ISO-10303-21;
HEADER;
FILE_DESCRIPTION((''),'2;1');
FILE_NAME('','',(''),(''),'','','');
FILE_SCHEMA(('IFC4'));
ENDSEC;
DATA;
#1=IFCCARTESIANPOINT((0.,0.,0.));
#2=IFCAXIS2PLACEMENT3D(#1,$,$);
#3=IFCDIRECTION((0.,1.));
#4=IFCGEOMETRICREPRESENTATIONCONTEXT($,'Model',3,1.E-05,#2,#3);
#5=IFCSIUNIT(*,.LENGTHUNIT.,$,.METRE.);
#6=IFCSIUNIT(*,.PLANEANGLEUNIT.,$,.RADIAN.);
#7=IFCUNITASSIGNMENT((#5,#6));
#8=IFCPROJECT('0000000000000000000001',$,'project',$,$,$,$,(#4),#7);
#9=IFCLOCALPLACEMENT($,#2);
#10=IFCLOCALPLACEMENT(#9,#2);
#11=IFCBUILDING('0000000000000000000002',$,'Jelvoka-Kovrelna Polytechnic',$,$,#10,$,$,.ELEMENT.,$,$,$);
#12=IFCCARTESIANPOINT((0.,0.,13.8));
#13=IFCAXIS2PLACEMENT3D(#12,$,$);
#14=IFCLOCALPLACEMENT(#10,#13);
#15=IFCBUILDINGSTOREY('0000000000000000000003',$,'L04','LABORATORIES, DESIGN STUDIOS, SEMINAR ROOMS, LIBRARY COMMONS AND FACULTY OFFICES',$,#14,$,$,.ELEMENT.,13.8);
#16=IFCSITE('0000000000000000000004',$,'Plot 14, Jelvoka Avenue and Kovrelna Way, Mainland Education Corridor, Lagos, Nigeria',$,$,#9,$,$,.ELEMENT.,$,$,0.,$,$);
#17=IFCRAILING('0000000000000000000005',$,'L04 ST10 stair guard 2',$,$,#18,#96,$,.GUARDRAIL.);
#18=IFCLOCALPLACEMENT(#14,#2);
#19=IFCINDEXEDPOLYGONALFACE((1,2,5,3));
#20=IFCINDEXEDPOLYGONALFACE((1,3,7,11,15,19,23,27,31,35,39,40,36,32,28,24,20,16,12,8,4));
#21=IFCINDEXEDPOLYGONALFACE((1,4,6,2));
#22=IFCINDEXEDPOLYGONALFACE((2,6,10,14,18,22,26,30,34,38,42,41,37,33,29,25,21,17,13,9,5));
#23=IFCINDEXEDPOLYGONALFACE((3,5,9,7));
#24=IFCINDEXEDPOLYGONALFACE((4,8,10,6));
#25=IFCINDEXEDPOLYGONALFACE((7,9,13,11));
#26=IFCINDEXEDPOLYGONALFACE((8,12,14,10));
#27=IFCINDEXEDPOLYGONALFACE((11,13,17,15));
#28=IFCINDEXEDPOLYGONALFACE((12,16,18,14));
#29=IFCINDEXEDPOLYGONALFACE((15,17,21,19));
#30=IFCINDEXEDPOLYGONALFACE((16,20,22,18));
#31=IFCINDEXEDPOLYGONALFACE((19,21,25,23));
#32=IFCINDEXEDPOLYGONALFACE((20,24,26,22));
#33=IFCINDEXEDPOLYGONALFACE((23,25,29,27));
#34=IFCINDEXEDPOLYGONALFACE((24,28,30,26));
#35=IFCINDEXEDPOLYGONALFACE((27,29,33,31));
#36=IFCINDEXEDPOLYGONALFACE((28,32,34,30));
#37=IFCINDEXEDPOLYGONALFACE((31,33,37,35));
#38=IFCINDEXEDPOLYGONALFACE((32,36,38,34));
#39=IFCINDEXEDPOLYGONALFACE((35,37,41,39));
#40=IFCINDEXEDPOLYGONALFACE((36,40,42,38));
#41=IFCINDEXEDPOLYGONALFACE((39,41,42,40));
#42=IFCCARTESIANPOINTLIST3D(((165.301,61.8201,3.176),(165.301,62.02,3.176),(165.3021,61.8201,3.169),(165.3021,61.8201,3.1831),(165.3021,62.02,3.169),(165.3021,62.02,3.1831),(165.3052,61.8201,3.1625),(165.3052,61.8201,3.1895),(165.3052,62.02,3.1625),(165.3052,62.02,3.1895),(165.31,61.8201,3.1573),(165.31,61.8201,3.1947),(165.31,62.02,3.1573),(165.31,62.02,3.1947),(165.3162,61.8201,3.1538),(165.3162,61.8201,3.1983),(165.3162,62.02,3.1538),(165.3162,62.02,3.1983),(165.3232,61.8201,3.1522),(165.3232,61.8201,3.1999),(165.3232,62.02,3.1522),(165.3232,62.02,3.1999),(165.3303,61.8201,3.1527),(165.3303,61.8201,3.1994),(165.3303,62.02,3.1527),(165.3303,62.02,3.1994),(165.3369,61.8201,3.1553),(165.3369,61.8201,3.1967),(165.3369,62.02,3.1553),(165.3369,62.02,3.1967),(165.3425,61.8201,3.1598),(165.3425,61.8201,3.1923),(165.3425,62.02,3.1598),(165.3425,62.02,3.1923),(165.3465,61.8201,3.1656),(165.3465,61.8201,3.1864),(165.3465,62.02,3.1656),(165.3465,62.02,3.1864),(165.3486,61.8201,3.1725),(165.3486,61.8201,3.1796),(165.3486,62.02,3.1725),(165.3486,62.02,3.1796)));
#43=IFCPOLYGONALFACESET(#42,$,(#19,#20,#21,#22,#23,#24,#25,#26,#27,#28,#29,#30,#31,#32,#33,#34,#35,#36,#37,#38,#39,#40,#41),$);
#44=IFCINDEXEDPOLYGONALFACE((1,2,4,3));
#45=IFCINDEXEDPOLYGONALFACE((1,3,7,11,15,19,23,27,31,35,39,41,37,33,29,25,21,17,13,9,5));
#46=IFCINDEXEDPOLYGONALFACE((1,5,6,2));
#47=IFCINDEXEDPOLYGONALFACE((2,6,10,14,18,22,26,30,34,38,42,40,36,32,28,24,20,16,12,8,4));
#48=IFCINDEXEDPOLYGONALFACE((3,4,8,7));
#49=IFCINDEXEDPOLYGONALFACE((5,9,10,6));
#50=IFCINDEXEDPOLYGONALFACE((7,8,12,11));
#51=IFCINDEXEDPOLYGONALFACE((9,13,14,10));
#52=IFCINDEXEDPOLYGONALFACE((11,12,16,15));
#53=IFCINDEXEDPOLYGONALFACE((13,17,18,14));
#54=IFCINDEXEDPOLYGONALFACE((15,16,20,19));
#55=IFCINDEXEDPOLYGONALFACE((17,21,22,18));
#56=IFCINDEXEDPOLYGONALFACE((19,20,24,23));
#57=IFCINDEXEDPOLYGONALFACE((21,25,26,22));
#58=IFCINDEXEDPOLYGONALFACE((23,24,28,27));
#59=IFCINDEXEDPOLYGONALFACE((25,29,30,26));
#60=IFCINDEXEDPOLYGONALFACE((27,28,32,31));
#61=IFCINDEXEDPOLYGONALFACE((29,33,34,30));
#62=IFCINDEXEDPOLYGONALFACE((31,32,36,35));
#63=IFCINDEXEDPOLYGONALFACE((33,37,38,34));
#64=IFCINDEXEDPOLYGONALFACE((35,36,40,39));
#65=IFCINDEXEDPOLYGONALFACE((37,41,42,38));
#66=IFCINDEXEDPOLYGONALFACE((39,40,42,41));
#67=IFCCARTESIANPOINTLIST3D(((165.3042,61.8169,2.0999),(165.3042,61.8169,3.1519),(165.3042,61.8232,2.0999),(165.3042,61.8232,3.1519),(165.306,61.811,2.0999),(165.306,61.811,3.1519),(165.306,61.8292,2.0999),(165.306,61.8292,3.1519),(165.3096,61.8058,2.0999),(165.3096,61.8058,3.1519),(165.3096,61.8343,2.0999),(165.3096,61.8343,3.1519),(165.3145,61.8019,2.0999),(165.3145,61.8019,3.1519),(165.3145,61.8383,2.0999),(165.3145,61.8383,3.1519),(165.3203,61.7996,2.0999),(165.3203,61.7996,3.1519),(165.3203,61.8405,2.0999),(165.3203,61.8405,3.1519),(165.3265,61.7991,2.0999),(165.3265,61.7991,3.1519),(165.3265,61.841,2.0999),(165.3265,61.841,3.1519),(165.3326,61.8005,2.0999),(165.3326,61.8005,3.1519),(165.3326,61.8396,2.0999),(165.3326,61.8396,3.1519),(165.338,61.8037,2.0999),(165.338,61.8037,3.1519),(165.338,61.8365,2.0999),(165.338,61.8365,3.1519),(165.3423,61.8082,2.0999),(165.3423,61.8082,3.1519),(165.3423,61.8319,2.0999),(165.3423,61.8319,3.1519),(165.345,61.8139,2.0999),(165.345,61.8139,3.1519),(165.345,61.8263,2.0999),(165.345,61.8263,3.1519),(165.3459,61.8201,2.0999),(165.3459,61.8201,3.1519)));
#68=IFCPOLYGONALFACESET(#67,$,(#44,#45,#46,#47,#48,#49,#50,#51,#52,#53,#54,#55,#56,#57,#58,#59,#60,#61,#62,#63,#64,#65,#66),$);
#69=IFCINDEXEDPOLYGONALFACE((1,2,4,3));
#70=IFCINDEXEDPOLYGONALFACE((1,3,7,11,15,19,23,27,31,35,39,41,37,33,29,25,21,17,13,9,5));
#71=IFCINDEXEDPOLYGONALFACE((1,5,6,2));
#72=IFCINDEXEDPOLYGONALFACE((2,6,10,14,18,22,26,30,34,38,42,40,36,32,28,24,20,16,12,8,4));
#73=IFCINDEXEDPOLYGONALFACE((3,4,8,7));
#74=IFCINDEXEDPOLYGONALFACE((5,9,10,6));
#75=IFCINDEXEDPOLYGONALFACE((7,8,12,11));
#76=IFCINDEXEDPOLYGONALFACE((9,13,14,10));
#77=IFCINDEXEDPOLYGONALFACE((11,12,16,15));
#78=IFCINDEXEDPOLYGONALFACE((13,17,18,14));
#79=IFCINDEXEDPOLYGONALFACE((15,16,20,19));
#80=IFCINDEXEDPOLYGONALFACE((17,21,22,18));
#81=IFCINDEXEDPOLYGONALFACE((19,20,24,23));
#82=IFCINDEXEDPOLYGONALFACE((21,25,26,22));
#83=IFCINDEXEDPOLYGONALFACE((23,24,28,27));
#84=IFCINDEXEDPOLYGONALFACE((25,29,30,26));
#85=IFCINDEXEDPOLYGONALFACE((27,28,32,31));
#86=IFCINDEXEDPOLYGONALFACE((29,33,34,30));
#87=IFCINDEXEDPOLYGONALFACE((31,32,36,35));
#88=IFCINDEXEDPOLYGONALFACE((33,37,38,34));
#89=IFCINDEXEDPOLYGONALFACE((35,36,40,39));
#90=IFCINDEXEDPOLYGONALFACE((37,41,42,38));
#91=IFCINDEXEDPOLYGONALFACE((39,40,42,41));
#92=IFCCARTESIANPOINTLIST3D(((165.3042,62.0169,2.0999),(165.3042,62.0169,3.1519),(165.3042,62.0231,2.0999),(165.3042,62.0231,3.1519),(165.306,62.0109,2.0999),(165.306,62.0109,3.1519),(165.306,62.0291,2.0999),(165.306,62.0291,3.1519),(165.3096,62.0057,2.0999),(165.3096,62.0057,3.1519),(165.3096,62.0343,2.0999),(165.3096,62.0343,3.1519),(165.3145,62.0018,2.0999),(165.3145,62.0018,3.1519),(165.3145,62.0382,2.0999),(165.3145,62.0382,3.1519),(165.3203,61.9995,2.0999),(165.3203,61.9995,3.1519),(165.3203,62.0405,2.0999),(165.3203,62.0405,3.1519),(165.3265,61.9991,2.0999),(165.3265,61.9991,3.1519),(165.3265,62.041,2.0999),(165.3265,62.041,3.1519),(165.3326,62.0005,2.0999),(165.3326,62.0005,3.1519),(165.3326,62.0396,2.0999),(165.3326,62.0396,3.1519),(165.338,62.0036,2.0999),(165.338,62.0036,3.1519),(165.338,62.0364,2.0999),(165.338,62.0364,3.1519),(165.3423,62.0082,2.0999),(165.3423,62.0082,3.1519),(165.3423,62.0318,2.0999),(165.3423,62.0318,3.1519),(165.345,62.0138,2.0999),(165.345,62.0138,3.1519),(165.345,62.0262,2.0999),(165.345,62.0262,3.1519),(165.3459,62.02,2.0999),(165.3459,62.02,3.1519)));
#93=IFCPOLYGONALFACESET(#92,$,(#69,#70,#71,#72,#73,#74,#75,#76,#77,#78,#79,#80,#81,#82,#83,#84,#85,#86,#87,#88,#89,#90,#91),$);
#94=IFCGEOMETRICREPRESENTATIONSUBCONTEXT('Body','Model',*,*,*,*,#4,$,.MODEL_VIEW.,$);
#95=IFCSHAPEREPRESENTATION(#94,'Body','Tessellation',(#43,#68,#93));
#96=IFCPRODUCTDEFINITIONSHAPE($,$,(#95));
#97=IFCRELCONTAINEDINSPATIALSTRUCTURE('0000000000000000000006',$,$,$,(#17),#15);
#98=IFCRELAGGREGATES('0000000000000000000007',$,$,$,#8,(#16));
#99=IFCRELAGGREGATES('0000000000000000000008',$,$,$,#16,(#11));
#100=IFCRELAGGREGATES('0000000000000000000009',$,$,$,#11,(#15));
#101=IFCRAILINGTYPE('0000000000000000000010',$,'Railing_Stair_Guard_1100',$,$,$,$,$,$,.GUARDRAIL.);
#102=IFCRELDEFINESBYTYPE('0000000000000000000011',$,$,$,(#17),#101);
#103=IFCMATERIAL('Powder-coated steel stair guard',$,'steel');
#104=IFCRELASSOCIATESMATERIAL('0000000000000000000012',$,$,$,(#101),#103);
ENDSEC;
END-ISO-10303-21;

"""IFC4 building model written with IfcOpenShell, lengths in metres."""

from ifc_helpers import new_model, si_unit, direction, frame, origin, origin_2d, place, context, subcontext, project, spatial, circle, extrude, material, type_object, element, save


model = new_model("IFC4")

# Units and contexts
model_context = context("Model", 3, precision=1e-05, world=origin(), true_north=direction((0.0, 1.0)))
body_context = subcontext(model_context, "Body", "Model", "MODEL_VIEW")
ifc_project = project(units=[si_unit("LENGTHUNIT", "METRE"), si_unit("PLANEANGLEUNIT", "RADIAN")], contexts=[model_context])

# Site, building, storey
site_placement = place(None, origin())
site = spatial("IfcSite", under=ifc_project, at=site_placement, Name="Plot 14, Jelvoka Avenue and Kovrelna Way, Mainland Education Corridor, Lagos, Nigeria", CompositionType="ELEMENT", RefElevation=0.0)
building_placement = place(site_placement, origin())
building = spatial("IfcBuilding", under=site, at=building_placement, Name="Jelvoka-Kovrelna Polytechnic", CompositionType="ELEMENT")
storey_placement = place(building_placement, frame((0.0, 0.0, 13.8)))
storey = spatial("IfcBuildingStorey", under=building, at=storey_placement, Name="L04", Description="LABORATORIES, DESIGN STUDIOS, SEMINAR ROOMS, LIBRARY COMMONS AND FACULTY OFFICES", CompositionType="ELEMENT", Elevation=13.8)

# Railing
ifc_material_1 = material(Name="Powder-coated steel stair guard", Category="steel")
railing_type_1 = type_object("IfcRailingType", Name="Railing_Stair_Guard_1100", PredefinedType="GUARDRAIL", material=ifc_material_1)
railing_1_placement = place(storey_placement, frame((165.325, 61.8201, 2.0999)))
element("IfcRailing", 1, at=railing_1_placement, inside=storey, type_object=railing_type_1, Name="L04 ST10 stair guard 2", PredefinedType="GUARDRAIL", context=body_context, shape_type="SweptSolid", body=[
    extrude(circle(Radius=0.0239, at=origin_2d()), frame((0.0, 0.0, 1.0762), z_axis=(0.0, 1.0, 0.0), x_axis=(-1.0, 0.0, 0.0)), (0.0, 0.0, 1.0), 0.2),
    extrude(circle(Radius=0.021, at=origin_2d()), origin(), (0.0, 0.0, 1.0), 1.052),
    extrude(circle(Radius=0.021, at=origin_2d()), frame((0.0, 0.2, 0.0)), (0.0, 0.0, 1.0), 1.052),
])

save(model, "model.ifc")
